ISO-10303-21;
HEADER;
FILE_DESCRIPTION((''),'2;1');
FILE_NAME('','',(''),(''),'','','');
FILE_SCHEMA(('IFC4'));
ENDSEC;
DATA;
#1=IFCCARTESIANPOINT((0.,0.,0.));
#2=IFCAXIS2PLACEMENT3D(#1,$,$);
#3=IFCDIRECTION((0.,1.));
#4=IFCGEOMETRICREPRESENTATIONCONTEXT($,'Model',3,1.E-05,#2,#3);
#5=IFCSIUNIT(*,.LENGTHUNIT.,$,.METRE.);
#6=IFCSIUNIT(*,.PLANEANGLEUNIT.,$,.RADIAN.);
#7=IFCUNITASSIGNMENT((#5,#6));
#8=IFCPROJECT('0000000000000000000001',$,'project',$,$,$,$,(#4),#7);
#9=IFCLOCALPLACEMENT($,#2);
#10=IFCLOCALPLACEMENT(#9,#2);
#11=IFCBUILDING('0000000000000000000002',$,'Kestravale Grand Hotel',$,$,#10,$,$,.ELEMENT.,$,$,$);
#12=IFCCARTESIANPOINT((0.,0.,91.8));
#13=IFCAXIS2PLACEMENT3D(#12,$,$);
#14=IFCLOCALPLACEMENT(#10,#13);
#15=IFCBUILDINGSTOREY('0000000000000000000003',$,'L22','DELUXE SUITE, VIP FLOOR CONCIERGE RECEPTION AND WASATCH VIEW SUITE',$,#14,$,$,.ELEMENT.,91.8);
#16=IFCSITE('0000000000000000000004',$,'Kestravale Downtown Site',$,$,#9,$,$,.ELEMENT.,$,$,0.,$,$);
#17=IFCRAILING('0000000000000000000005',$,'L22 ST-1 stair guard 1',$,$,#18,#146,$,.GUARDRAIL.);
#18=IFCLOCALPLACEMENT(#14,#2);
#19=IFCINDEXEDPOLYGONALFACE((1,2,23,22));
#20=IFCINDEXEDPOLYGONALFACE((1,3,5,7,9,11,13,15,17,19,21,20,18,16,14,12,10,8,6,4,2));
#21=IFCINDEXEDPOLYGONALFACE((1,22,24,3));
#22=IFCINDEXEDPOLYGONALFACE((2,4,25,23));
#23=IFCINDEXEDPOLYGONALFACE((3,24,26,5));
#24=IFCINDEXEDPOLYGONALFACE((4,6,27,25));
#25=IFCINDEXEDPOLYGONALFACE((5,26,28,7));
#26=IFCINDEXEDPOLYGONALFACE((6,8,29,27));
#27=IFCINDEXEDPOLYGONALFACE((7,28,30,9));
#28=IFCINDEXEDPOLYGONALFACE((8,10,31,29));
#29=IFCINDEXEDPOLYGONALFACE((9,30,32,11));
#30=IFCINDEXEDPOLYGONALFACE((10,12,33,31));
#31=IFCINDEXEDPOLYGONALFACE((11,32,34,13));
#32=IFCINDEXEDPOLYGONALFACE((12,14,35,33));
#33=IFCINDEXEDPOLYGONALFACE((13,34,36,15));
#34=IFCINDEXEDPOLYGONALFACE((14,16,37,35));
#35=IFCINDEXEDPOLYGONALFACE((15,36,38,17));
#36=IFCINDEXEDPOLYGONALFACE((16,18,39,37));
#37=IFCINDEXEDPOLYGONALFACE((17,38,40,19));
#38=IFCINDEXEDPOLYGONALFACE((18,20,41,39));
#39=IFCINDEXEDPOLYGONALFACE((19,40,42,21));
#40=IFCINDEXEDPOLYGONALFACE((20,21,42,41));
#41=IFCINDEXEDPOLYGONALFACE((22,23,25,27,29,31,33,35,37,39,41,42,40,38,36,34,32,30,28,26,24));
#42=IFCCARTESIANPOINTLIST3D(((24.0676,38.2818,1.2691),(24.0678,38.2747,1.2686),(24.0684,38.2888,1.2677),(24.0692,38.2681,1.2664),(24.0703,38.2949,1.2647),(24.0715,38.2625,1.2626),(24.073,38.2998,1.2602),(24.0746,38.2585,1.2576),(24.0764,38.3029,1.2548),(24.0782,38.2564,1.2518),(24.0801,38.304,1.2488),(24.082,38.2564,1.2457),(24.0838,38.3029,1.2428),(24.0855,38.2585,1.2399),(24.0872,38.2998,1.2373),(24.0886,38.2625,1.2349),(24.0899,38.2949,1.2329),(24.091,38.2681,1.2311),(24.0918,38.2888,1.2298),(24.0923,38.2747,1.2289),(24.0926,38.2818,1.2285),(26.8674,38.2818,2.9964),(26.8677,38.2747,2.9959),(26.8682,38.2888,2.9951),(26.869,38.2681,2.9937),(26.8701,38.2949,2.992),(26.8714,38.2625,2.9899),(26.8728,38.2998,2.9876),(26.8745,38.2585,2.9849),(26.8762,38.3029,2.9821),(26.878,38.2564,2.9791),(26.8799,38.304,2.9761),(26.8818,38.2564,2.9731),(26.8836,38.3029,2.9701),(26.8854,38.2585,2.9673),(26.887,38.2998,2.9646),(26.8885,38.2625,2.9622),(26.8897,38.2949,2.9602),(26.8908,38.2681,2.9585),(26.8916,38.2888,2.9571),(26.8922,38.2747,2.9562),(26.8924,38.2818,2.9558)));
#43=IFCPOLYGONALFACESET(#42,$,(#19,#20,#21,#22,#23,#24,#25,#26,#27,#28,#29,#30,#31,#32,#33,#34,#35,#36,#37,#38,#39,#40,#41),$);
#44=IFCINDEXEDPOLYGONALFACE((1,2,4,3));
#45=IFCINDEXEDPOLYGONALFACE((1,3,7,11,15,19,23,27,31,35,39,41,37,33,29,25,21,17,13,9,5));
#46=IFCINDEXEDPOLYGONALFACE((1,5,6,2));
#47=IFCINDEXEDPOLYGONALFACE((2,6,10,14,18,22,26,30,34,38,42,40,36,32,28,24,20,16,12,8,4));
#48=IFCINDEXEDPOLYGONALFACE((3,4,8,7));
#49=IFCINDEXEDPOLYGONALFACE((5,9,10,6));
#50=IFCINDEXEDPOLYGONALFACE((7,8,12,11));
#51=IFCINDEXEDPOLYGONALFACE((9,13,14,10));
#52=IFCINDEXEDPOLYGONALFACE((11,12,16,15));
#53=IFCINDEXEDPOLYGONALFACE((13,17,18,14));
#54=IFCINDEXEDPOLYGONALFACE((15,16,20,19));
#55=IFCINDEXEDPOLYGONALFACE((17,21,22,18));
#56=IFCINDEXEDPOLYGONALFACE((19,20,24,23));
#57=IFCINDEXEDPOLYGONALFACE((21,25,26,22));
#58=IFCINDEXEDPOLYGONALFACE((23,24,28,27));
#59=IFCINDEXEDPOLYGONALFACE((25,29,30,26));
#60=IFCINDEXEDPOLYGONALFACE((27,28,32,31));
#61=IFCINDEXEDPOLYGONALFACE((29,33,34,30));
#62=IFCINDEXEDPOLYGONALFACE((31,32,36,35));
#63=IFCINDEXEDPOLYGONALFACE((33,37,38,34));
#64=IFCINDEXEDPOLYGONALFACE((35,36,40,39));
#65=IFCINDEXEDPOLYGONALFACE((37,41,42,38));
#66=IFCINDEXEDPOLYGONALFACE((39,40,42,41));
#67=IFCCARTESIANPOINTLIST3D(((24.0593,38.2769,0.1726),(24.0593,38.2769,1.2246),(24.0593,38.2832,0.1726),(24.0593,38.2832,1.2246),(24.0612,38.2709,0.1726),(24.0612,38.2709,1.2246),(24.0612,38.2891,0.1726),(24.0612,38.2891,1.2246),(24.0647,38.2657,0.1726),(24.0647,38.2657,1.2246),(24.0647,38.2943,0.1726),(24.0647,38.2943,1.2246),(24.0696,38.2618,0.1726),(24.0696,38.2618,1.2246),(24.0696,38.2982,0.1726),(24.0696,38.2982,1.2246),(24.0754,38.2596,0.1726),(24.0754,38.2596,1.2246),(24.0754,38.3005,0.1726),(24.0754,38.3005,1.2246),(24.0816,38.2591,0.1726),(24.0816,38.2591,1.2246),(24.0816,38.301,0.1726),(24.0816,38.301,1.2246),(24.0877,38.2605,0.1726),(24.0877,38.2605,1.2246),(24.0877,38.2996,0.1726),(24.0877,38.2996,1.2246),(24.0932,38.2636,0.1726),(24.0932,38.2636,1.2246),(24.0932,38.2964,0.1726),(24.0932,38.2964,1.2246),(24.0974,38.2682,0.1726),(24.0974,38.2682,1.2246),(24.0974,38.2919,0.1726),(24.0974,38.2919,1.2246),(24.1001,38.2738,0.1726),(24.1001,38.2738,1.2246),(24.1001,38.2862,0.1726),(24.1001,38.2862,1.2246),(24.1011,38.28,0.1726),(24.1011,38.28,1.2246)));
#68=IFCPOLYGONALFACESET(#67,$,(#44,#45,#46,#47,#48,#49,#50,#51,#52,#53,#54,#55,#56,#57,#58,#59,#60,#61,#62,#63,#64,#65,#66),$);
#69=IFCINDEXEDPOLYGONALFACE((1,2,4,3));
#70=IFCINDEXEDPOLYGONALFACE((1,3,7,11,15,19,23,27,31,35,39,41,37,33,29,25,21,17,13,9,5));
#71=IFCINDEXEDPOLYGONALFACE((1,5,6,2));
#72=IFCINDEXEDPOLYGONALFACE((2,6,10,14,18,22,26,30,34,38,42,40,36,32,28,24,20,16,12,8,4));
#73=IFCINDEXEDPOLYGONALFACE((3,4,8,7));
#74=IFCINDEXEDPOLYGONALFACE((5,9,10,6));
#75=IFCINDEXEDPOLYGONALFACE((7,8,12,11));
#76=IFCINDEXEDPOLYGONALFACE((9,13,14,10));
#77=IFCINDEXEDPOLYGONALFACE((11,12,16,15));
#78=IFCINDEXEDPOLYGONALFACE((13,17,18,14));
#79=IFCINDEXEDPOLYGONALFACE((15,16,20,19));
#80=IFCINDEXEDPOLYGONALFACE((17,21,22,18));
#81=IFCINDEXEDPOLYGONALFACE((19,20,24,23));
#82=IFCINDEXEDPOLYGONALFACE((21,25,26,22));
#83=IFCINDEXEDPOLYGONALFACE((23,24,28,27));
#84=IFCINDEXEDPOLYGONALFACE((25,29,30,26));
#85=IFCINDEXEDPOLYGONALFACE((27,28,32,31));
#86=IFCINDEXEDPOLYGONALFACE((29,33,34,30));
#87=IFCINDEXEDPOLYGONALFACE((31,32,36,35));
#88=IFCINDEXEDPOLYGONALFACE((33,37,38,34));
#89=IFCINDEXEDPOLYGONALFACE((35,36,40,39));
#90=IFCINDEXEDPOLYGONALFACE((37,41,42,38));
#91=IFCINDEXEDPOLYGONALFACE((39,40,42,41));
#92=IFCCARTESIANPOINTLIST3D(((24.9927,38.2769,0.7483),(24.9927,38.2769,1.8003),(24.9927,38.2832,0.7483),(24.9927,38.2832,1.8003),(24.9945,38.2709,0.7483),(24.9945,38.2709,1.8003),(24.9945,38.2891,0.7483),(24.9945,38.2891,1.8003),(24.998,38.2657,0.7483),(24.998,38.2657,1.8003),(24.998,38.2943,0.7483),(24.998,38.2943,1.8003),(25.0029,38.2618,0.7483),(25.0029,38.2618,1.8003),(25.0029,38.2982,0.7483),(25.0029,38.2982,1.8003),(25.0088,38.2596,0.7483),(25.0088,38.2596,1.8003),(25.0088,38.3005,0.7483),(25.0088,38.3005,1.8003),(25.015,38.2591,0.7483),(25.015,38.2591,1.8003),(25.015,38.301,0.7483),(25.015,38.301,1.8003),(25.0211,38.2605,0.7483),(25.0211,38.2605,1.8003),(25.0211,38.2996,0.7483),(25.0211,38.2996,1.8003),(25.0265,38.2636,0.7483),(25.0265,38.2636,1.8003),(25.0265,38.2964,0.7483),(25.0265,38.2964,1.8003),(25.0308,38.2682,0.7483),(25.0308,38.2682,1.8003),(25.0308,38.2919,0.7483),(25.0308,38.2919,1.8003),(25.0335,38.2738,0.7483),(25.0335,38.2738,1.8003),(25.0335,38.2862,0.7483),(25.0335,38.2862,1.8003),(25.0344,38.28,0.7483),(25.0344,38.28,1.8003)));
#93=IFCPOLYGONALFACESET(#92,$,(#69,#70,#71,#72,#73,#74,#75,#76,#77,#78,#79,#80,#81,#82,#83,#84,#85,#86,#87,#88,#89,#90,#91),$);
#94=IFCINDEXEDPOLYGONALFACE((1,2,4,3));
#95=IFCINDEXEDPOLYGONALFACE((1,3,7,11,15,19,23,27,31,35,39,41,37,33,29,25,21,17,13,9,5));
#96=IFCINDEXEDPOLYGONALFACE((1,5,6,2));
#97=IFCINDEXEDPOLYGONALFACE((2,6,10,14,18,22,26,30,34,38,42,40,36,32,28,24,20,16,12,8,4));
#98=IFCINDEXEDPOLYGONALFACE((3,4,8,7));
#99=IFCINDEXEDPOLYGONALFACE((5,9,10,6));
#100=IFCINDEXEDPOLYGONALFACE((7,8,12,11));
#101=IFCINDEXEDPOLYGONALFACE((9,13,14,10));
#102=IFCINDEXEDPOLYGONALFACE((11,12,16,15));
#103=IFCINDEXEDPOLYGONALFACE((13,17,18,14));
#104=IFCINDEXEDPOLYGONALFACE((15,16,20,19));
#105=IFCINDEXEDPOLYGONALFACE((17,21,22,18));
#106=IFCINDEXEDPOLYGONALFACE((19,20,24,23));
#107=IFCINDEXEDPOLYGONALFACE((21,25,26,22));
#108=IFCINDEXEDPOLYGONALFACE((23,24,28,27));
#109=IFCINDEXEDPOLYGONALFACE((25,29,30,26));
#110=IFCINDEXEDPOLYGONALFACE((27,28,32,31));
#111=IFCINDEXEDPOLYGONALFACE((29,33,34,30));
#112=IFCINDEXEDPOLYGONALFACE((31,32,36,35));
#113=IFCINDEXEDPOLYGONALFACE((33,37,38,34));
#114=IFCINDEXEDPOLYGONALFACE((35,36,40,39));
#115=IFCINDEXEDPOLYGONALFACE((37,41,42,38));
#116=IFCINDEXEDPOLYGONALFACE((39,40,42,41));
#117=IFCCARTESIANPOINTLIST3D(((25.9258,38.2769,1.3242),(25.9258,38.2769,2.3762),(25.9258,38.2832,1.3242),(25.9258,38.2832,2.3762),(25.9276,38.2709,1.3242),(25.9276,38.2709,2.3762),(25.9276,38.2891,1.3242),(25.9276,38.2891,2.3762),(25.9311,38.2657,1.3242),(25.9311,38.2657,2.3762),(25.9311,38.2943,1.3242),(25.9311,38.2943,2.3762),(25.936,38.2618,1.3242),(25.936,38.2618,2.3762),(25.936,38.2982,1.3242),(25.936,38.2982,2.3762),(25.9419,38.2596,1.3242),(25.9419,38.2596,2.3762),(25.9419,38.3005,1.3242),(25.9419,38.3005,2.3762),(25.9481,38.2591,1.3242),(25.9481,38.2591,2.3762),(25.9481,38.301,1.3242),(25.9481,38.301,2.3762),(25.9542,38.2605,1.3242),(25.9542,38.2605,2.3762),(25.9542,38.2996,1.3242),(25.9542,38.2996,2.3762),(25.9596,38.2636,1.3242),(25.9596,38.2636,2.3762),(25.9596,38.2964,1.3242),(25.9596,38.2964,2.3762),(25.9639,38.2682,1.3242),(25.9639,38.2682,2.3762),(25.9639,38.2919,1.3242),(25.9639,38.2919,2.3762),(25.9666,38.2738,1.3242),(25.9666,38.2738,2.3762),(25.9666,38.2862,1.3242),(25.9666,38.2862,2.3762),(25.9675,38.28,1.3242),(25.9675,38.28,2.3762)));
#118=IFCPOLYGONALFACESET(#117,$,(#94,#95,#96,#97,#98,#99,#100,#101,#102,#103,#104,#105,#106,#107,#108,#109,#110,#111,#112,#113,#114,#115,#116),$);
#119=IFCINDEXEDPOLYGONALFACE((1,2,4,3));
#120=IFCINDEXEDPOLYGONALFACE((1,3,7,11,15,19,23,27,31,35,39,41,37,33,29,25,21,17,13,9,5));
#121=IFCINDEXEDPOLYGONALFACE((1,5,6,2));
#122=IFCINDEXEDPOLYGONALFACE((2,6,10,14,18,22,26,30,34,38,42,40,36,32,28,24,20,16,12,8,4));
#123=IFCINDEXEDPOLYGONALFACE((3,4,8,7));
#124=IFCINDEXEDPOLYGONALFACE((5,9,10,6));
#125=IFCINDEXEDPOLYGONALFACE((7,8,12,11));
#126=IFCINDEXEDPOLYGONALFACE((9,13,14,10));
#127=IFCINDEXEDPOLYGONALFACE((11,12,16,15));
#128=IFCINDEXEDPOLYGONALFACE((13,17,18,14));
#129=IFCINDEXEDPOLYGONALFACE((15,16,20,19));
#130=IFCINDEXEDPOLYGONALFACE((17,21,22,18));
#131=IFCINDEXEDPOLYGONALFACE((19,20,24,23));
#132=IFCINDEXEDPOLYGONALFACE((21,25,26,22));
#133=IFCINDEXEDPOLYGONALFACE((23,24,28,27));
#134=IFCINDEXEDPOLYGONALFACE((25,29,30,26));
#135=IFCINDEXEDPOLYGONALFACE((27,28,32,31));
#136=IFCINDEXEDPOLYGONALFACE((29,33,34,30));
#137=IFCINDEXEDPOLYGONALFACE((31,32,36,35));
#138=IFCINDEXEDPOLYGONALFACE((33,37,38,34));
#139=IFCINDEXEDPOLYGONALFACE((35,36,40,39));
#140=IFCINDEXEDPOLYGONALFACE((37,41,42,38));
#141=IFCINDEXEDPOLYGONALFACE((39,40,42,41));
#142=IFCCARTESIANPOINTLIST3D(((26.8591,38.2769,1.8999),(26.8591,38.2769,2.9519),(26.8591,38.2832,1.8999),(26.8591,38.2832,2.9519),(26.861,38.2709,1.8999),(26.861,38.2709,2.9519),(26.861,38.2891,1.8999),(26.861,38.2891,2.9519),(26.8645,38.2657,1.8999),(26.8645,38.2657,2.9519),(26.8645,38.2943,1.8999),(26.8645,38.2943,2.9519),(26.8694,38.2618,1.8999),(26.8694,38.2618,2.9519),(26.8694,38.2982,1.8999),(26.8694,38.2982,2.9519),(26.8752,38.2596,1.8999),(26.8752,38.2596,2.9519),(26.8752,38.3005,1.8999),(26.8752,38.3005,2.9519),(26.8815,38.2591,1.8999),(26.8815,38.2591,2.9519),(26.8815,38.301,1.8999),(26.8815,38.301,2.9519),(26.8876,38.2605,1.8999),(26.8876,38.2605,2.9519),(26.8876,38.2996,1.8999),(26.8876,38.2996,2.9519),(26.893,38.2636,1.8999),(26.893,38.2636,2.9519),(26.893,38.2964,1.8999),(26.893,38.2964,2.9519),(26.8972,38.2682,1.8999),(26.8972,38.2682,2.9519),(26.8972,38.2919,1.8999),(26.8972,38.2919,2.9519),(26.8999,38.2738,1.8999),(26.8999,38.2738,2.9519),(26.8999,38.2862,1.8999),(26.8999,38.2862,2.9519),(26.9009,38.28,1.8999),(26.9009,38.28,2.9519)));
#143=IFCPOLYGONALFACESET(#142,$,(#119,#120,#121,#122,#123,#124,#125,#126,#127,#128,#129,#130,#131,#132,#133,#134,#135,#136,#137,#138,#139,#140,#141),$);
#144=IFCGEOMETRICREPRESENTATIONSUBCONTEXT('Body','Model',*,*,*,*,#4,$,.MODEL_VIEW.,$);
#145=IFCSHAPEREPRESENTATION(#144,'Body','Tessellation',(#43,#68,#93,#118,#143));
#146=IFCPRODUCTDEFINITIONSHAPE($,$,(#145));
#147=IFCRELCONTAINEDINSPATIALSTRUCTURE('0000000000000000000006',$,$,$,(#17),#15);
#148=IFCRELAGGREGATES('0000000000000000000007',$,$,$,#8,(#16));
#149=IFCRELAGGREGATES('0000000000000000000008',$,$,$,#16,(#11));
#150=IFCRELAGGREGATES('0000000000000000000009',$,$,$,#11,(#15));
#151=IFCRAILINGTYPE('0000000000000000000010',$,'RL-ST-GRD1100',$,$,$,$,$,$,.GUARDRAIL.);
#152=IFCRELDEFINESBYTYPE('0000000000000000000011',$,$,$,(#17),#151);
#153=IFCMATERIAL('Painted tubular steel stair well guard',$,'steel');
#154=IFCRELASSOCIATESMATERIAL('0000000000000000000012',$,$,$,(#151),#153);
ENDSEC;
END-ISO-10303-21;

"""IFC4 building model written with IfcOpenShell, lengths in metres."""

from ifc_helpers import new_model, si_unit, direction, frame, origin, origin_2d, place, context, subcontext, project, spatial, circle, extrude, material, type_object, element, save


model = new_model("IFC4")

# Units and contexts
model_context = context("Model", 3, precision=1e-05, world=origin(), true_north=direction((0.0, 1.0)))
body_context = subcontext(model_context, "Body", "Model", "MODEL_VIEW")
ifc_project = project(units=[si_unit("LENGTHUNIT", "METRE"), si_unit("PLANEANGLEUNIT", "RADIAN")], contexts=[model_context])

# Site, building, storey
site_placement = place(None, origin())
site = spatial("IfcSite", under=ifc_project, at=site_placement, Name="Kestravale Downtown Site", CompositionType="ELEMENT", RefElevation=0.0)
building_placement = place(site_placement, origin())
building = spatial("IfcBuilding", under=site, at=building_placement, Name="Kestravale Grand Hotel", CompositionType="ELEMENT")
storey_placement = place(building_placement, frame((0.0, 0.0, 91.8)))
storey = spatial("IfcBuildingStorey", under=building, at=storey_placement, Name="L22", Description="DELUXE SUITE, VIP FLOOR CONCIERGE RECEPTION AND WASATCH VIEW SUITE", CompositionType="ELEMENT", Elevation=91.8)

# Railing
ifc_material_1 = material(Name="Painted tubular steel stair well guard", Category="steel")
railing_type_1 = type_object("IfcRailingType", Name="RL-ST-GRD1100", PredefinedType="GUARDRAIL", material=ifc_material_1)
railing_1_placement = place(storey_placement, frame((24.0801, 38.28, 0.1726)))
element("IfcRailing", 1, at=railing_1_placement, inside=storey, type_object=railing_type_1, Name="L22 ST-1 stair guard 1", PredefinedType="GUARDRAIL", context=body_context, shape_type="SweptSolid", body=[
    extrude(circle(Radius=0.0239, at=origin_2d()), frame((0.0, 0.0, 1.0762), z_axis=(0.851069, 0.0, 0.525054), x_axis=(0.0, 1.0, 0.0)), (0.0, 0.0, 1.0), 3.2898),
    extrude(circle(Radius=0.021, at=origin_2d()), origin(), (0.0, 0.0, 1.0), 1.052),
    extrude(circle(Radius=0.021, at=origin_2d()), frame((0.9333, 0.0, 0.5757)), (0.0, 0.0, 1.0), 1.052),
    extrude(circle(Radius=0.021, at=origin_2d()), frame((1.8665, 0.0, 1.1516)), (0.0, 0.0, 1.0), 1.052),
    extrude(circle(Radius=0.021, at=origin_2d()), frame((2.7998, 0.0, 1.7273)), (0.0, 0.0, 1.0), 1.052),
])

save(model, "model.ifc")
